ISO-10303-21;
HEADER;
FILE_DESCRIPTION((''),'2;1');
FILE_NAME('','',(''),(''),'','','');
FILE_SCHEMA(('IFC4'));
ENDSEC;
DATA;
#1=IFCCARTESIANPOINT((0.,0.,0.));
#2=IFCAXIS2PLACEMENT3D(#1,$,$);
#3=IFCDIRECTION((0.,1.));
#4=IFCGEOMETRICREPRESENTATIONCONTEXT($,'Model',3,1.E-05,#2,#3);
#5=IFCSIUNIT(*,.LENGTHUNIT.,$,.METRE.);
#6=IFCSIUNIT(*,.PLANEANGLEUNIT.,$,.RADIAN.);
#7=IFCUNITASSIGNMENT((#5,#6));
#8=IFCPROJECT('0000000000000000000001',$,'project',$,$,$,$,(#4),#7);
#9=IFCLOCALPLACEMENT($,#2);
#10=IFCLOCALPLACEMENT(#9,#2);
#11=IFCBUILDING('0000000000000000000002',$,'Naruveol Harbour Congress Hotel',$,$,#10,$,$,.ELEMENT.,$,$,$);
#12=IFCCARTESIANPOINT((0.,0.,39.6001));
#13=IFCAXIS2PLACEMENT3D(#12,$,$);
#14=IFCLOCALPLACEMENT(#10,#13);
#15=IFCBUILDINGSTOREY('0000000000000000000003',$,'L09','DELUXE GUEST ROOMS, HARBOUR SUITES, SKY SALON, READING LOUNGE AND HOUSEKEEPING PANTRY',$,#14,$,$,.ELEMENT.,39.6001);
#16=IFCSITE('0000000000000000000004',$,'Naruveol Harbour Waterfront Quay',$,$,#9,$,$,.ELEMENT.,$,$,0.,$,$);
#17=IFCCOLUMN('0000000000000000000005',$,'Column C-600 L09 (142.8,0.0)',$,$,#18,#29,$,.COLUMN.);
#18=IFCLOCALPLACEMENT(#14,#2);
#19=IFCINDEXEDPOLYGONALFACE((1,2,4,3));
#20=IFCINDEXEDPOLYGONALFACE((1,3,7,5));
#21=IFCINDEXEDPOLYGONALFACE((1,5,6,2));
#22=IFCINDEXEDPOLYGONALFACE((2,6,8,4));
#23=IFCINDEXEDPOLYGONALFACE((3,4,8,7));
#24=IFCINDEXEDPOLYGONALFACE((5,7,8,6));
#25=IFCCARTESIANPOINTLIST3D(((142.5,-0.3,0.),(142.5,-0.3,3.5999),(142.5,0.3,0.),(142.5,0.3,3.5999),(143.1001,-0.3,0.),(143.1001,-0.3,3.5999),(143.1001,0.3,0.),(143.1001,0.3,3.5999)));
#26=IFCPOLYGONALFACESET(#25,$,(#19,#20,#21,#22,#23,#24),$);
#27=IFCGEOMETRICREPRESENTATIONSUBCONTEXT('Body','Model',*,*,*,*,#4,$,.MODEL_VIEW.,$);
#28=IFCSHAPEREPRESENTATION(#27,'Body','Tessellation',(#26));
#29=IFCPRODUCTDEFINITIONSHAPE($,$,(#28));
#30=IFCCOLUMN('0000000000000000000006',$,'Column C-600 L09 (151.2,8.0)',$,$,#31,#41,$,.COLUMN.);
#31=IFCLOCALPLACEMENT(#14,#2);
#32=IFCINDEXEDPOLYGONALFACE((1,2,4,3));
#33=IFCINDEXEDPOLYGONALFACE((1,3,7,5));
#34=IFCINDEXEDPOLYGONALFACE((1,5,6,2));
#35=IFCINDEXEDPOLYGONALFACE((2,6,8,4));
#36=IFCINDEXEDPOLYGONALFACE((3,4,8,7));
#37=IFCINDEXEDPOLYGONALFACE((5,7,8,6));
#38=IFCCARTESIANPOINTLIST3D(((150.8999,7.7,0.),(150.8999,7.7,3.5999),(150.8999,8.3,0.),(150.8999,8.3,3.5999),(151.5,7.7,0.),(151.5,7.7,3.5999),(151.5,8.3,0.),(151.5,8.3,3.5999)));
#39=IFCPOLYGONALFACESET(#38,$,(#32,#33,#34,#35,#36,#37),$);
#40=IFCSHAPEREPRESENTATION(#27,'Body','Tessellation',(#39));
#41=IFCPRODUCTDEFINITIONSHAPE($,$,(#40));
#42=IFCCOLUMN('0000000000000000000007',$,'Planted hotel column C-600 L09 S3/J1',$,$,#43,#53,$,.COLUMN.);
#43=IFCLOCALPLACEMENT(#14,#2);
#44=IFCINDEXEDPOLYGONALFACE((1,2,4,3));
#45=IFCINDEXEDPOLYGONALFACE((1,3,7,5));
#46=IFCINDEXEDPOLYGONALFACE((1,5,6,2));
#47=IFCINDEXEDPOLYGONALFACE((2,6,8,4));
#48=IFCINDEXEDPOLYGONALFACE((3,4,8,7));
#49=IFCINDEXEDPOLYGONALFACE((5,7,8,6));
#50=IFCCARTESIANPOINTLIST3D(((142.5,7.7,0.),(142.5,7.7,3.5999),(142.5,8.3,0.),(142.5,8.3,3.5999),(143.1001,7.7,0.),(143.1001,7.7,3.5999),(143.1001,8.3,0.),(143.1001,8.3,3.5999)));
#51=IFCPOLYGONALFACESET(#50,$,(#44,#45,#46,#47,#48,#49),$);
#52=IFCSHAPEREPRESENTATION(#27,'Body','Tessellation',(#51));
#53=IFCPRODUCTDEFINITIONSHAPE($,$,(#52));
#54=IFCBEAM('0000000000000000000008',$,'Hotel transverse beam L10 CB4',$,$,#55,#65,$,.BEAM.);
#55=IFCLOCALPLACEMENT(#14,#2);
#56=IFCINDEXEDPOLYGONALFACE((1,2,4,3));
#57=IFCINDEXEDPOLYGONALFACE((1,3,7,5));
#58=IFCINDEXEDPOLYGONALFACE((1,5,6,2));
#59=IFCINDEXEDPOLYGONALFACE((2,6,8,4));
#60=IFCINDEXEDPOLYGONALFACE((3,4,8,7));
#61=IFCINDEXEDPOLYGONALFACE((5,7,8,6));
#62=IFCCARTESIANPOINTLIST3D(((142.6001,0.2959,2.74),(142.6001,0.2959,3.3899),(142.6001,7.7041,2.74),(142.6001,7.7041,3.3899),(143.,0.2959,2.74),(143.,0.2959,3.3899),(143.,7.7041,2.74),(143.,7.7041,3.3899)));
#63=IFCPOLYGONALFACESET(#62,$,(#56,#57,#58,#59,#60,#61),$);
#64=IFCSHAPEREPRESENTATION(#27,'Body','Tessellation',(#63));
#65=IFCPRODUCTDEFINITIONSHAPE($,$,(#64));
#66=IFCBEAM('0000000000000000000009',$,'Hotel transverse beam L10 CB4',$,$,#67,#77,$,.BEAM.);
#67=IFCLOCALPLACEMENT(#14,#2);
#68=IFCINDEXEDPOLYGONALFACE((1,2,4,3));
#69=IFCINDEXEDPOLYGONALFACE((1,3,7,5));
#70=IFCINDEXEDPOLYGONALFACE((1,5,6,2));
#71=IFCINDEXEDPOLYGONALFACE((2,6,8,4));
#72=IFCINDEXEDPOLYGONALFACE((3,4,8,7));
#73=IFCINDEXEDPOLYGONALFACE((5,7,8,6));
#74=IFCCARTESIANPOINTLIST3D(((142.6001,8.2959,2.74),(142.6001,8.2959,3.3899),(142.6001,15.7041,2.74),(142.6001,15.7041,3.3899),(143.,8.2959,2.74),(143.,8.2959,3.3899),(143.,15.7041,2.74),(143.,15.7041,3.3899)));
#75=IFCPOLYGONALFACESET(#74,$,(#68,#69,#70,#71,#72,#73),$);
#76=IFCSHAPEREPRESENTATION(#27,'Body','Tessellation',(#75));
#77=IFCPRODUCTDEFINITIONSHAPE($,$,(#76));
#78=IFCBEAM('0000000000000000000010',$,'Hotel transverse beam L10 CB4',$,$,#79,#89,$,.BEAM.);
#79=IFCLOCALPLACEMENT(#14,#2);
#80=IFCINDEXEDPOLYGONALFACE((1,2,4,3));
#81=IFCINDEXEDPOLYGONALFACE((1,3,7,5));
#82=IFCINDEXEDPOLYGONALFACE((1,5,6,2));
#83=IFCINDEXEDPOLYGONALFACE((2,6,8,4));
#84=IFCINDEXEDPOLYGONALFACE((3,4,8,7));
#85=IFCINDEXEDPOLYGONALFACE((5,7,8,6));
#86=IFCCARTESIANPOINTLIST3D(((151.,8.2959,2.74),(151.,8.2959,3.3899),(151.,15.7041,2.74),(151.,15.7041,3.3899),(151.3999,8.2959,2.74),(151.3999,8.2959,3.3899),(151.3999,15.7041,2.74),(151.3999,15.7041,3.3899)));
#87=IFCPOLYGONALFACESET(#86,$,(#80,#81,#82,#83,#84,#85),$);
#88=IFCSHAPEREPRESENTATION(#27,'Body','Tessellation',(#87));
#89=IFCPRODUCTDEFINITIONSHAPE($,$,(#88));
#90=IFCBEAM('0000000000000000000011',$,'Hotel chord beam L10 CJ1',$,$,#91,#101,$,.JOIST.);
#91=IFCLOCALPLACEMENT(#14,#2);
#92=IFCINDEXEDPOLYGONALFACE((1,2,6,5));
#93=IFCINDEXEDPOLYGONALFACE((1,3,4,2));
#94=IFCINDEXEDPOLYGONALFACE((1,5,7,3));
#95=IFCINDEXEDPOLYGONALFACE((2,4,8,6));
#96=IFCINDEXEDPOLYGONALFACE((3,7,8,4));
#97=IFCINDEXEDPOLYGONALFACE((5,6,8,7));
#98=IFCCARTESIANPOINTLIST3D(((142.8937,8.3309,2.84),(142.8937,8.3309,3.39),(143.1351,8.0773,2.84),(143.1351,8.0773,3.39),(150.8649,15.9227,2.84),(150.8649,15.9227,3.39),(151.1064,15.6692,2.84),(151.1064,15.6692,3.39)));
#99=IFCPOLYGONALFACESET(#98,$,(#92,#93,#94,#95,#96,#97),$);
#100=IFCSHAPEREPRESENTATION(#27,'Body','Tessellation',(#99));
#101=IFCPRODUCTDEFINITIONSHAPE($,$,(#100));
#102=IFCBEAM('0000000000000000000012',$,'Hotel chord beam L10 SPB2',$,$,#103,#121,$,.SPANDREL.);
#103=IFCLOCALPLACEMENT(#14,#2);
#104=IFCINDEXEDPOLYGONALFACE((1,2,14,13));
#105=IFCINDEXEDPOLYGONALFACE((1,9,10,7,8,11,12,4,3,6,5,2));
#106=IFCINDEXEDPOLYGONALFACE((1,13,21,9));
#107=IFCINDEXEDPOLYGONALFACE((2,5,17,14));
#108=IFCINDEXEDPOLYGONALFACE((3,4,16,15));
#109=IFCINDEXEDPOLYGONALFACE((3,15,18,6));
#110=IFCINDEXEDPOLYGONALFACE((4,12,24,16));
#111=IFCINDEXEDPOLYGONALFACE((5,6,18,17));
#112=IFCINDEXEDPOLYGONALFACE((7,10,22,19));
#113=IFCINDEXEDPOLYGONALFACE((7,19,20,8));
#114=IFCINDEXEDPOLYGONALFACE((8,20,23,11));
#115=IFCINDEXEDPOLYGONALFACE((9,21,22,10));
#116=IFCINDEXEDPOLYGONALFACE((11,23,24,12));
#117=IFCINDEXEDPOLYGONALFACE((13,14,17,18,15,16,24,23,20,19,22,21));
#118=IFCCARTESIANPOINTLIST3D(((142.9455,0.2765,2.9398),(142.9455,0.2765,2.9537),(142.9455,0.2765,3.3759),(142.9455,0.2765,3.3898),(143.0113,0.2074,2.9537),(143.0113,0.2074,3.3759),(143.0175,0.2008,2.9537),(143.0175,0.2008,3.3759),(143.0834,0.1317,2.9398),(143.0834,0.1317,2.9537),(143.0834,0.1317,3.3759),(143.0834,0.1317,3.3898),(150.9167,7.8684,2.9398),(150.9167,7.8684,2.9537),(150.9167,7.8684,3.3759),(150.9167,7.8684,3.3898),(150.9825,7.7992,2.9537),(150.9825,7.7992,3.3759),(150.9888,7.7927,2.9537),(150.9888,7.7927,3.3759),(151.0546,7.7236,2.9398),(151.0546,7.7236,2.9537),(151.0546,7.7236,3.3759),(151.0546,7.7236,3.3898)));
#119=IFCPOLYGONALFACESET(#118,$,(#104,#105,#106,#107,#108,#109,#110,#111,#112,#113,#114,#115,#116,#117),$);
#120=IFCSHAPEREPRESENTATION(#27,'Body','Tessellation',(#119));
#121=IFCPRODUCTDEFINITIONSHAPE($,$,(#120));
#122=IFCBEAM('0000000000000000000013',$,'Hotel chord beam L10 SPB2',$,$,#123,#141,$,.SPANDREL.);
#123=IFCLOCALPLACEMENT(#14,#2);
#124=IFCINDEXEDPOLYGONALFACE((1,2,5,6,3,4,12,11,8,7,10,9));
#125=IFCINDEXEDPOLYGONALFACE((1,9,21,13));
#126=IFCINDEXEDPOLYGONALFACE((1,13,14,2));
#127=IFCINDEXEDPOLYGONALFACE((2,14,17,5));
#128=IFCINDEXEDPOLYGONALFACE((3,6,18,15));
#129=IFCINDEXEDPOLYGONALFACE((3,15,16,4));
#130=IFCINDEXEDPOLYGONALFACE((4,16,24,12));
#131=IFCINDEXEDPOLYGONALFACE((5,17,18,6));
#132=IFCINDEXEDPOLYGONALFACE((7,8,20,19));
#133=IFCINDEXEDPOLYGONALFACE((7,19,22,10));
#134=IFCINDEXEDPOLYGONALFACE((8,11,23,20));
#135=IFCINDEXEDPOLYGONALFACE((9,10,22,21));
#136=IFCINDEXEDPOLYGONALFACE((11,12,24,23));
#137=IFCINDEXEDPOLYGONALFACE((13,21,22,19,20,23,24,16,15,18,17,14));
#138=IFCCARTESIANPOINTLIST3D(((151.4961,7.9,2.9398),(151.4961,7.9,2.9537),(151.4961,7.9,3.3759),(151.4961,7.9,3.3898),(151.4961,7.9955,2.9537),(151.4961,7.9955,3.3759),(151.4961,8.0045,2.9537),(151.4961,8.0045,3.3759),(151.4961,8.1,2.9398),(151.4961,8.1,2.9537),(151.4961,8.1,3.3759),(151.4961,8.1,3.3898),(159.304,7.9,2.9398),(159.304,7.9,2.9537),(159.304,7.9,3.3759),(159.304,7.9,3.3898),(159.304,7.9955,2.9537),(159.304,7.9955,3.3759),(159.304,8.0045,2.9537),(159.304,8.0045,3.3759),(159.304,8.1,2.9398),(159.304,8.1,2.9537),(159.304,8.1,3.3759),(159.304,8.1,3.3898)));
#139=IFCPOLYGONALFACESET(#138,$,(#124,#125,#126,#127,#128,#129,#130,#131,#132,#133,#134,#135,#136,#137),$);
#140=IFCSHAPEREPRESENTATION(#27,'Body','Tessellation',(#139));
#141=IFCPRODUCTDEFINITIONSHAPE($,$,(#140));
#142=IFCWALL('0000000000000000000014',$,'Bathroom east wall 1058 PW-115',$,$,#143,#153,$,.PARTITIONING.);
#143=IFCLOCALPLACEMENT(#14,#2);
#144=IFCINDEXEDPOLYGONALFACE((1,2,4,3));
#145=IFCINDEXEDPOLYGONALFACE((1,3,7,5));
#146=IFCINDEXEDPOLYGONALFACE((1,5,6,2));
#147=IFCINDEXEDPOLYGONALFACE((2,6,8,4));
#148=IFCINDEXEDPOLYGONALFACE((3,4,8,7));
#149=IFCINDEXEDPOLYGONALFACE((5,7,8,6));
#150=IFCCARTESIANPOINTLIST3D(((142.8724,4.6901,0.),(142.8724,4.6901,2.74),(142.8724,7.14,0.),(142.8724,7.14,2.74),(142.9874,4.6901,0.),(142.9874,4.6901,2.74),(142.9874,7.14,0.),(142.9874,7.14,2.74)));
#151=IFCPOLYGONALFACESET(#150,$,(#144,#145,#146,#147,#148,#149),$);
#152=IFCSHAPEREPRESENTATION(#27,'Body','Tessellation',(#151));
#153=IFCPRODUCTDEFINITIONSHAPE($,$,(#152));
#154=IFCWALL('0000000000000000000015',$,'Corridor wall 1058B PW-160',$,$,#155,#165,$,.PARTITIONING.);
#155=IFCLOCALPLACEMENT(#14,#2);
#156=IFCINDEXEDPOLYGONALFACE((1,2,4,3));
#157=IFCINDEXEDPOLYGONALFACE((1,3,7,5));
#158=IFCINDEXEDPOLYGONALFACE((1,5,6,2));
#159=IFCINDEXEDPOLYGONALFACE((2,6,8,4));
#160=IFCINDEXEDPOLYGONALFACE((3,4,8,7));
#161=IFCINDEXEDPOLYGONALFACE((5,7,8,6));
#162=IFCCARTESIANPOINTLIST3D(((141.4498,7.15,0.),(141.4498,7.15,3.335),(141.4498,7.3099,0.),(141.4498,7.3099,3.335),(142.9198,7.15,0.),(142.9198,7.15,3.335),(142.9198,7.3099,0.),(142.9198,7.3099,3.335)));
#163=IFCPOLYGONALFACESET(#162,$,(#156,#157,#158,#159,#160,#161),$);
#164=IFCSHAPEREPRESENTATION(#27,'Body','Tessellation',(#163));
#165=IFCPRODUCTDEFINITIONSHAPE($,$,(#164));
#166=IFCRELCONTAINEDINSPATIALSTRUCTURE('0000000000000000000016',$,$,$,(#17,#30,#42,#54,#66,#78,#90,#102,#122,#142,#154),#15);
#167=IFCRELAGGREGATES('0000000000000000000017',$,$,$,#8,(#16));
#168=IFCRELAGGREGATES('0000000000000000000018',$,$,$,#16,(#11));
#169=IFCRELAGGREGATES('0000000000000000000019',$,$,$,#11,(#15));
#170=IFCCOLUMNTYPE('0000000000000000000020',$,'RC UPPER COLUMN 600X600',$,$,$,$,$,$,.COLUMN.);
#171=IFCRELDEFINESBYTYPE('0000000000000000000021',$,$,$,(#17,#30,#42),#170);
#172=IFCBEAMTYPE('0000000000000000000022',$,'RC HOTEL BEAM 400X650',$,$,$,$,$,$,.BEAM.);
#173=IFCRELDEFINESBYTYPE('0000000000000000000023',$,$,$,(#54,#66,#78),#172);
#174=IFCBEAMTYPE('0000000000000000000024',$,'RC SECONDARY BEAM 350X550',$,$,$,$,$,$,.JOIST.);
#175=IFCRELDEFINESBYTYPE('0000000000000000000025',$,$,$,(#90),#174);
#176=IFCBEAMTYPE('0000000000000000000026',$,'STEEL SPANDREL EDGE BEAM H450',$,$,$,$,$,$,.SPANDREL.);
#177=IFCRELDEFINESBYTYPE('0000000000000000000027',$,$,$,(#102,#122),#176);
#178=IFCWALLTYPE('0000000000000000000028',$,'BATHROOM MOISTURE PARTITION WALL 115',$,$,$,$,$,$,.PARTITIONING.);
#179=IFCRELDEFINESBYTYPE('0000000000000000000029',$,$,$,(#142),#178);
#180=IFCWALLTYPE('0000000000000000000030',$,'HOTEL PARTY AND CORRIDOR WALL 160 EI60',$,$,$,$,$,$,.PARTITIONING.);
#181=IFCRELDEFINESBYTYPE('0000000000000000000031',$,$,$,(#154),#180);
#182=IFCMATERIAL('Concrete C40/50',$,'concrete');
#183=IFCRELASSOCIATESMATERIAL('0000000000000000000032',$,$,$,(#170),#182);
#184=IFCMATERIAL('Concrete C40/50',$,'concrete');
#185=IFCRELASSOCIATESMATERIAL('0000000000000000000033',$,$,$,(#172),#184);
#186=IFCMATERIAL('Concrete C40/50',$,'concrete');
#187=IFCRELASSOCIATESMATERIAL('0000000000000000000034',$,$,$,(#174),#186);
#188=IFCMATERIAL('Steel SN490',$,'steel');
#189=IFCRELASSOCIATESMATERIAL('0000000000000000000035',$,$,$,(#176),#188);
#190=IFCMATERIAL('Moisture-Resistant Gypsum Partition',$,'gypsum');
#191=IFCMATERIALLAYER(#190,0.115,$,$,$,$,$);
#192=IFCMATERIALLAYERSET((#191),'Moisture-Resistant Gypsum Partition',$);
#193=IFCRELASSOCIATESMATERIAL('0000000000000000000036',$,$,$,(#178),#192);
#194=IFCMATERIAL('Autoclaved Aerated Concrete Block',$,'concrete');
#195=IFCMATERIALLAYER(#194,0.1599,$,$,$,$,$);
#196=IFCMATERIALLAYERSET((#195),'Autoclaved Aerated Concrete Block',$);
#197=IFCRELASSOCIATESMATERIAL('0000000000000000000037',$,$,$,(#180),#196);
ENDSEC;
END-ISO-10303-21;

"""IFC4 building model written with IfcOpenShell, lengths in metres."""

from ifc_helpers import new_model, si_unit, direction, frame, frame_2d, origin, origin_2d, place, context, subcontext, project, spatial, rectangle, i_section, extrude, material, layer, layer_set, material_profile, profile_set, type_object, element, save


model = new_model("IFC4")

# Units and contexts
model_context = context("Model", 3, precision=1e-05, world=origin(), true_north=direction((0.0, 1.0)))
body_context = subcontext(model_context, "Body", "Model", "MODEL_VIEW")
ifc_project = project(units=[si_unit("LENGTHUNIT", "METRE"), si_unit("PLANEANGLEUNIT", "RADIAN")], contexts=[model_context])

# Site, building, storey
site_placement = place(None, origin())
site = spatial("IfcSite", under=ifc_project, at=site_placement, Name="Naruveol Harbour Waterfront Quay", CompositionType="ELEMENT", RefElevation=0.0)
building_placement = place(site_placement, origin())
building = spatial("IfcBuilding", under=site, at=building_placement, Name="Naruveol Harbour Congress Hotel", CompositionType="ELEMENT")
storey_placement = place(building_placement, frame((0.0, 0.0, 39.6001)))
storey = spatial("IfcBuildingStorey", under=building, at=storey_placement, Name="L09", Description="DELUXE GUEST ROOMS, HARBOUR SUITES, SKY SALON, READING LOUNGE AND HOUSEKEEPING PANTRY", CompositionType="ELEMENT", Elevation=39.6001)

# Columns
ifc_material_1 = material(Name="Concrete C40/50", Category="concrete")
ifc_material_profile_1 = material_profile(ifc_material_1, rectangle(XDim=0.6001, YDim=0.6001, at=origin_2d()), Name="RC-600x600")
ifc_profile_set_1 = profile_set([ifc_material_profile_1], Name="Concrete C40/50")
column_type = type_object("IfcColumnType", Name="RC UPPER COLUMN 600X600", PredefinedType="COLUMN", material=ifc_profile_set_1)
for number, where, z_axis, x_axis, name in (
    (1, (142.8, 0.0, 0.0), (0.0, 0.0, 1.0), (1.0, 0.0, 0.0), "Column C-600 L09 (142.8,0.0)"),
    (2, (151.2, 8.0, 0.0), (0.0, 0.0, 1.0), (1.0, 0.0, 0.0), "Column C-600 L09 (151.2,8.0)"),
    (3, (142.8, 8.0, 0.0), (0.0, 0.0, 1.0), (1.0, 0.0, 0.0), "Planted hotel column C-600 L09 S3/J1"),
):
    element("IfcColumn", number, at=place(storey_placement, frame(where, z_axis=z_axis, x_axis=x_axis)), inside=storey, type_object=column_type, Name=name, PredefinedType="COLUMN", context=body_context, shape_type="SweptSolid", body=[
        extrude(rectangle(XDim=0.6001, YDim=0.6001, at=origin_2d()), origin(), (0.0, 0.0, 1.0), 3.5999),
    ])

# Beams
ifc_material_2 = material(Name="Concrete C40/50", Category="concrete")
ifc_material_profile_2 = material_profile(ifc_material_2, rectangle(XDim=0.3999, YDim=0.6499, at=origin_2d()), Name="RCB-400x650")
ifc_profile_set_2 = profile_set([ifc_material_profile_2], Name="Concrete C40/50")
beam_type_1 = type_object("IfcBeamType", Name="RC HOTEL BEAM 400X650", PredefinedType="BEAM", material=ifc_profile_set_2)
for number, where, z_axis, x_axis, name in (
    (4, (142.8, 0.2959, 3.0649), (0.0, 1.0, 0.0), (-1.0, 0.0, 0.0), "Hotel transverse beam L10 CB4"),
    (5, (142.8, 8.2959, 3.0649), (0.0, 1.0, 0.0), (-1.0, 0.0, 0.0), "Hotel transverse beam L10 CB4"),
    (6, (151.2, 8.2959, 3.0649), (0.0, 1.0, 0.0), (-1.0, 0.0, 0.0), "Hotel transverse beam L10 CB4"),
):
    element("IfcBeam", number, at=place(storey_placement, frame(where, z_axis=z_axis, x_axis=x_axis)), inside=storey, type_object=beam_type_1, Name=name, PredefinedType="BEAM", context=body_context, shape_type="SweptSolid", body=[
        extrude(rectangle(XDim=0.3999, YDim=0.6499, at=origin_2d()), origin(), (0.0, 0.0, 1.0), 7.4082),
    ])
ifc_material_3 = material(Name="Concrete C40/50", Category="concrete")
ifc_material_profile_3 = material_profile(ifc_material_3, rectangle(XDim=0.3501, YDim=0.55, at=origin_2d()), Name="RCB-350x550")
ifc_profile_set_3 = profile_set([ifc_material_profile_3], Name="Concrete C40/50")
beam_type_2 = type_object("IfcBeamType", Name="RC SECONDARY BEAM 350X550", PredefinedType="JOIST", material=ifc_profile_set_3)
beam_1_placement = place(storey_placement, frame((143.0144, 8.2041, 3.115), z_axis=(0.724129, 0.689664, 0.0), x_axis=(-0.689664, 0.724129, 0.0)))
element("IfcBeam", 7, at=beam_1_placement, inside=storey, type_object=beam_type_2, Name="Hotel chord beam L10 CJ1", PredefinedType="JOIST", context=body_context, shape_type="SweptSolid", body=[
    extrude(rectangle(XDim=0.3501, YDim=0.55, at=origin_2d()), origin(), (0.0, 0.0, 1.0), 11.0081),
])
ifc_material_4 = material(Name="Steel SN490", Category="steel")
ifc_material_profile_4 = material_profile(ifc_material_4, i_section(OverallWidth=0.2, OverallDepth=0.45, WebThickness=0.009, FlangeThickness=0.0139, at=origin_2d()), Name="H-450x200x9x14")
ifc_profile_set_4 = profile_set([ifc_material_profile_4], Name="Steel SN490")
beam_type_3 = type_object("IfcBeamType", Name="STEEL SPANDREL EDGE BEAM H450", PredefinedType="SPANDREL", material=ifc_profile_set_4)
beam_2_placement = place(storey_placement, frame((143.0144, 0.2041, 3.1648), z_axis=(0.724129, 0.689664, 0.0), x_axis=(-0.689664, 0.724129, 0.0)))
element("IfcBeam", 8, at=beam_2_placement, inside=storey, type_object=beam_type_3, Name="Hotel chord beam L10 SPB2", PredefinedType="SPANDREL", context=body_context, shape_type="SweptSolid", body=[
    extrude(i_section(OverallWidth=0.2, OverallDepth=0.45, WebThickness=0.009, FlangeThickness=0.0139, at=origin_2d()), origin(), (0.0, 0.0, 1.0), 11.0081),
])
beam_3_placement = place(storey_placement, frame((151.4961, 8.0, 3.1648), z_axis=(1.0, 0.0, 0.0), x_axis=(0.0, 1.0, 0.0)))
element("IfcBeam", 9, at=beam_3_placement, inside=storey, type_object=beam_type_3, Name="Hotel chord beam L10 SPB2", PredefinedType="SPANDREL", context=body_context, shape_type="SweptSolid", body=[
    extrude(i_section(OverallWidth=0.2, OverallDepth=0.45, WebThickness=0.009, FlangeThickness=0.0139, at=origin_2d()), origin(), (0.0, 0.0, 1.0), 7.8079),
])

# Wall
ifc_material_5 = material(Name="Moisture-Resistant Gypsum Partition", Category="gypsum")
ifc_layer_1 = layer(ifc_material_5, 0.115)
ifc_layer_set_1 = layer_set([ifc_layer_1], Name="Moisture-Resistant Gypsum Partition")
wall_type_1 = type_object("IfcWallType", Name="BATHROOM MOISTURE PARTITION WALL 115", PredefinedType="PARTITIONING", material=ifc_layer_set_1)
wall_1_placement = place(storey_placement, frame((142.9299, 4.6899, 0.0), z_axis=(0.0, 0.0, 1.0), x_axis=(0.0, 1.0, 0.0)))
element("IfcWall", 10, at=wall_1_placement, inside=storey, type_object=wall_type_1, Name="Bathroom east wall 1058 PW-115", PredefinedType="PARTITIONING", context=body_context, shape_type="SweptSolid", body=[
    extrude(rectangle(XDim=2.45, YDim=0.115, at=frame_2d((1.2251, 0.0))), origin(), (0.0, 0.0, 1.0), 2.74),
])

# Wall
ifc_material_6 = material(Name="Autoclaved Aerated Concrete Block", Category="concrete")
ifc_layer_2 = layer(ifc_material_6, 0.1599)
ifc_layer_set_2 = layer_set([ifc_layer_2], Name="Autoclaved Aerated Concrete Block")
wall_type_2 = type_object("IfcWallType", Name="HOTEL PARTY AND CORRIDOR WALL 160 EI60", PredefinedType="PARTITIONING", material=ifc_layer_set_2)
wall_2_placement = place(storey_placement, frame((141.45, 7.23, 0.0), z_axis=(0.0, 0.0, 1.0), x_axis=(1.0, 0.0, 0.0)))
element("IfcWall", 11, at=wall_2_placement, inside=storey, type_object=wall_type_2, Name="Corridor wall 1058B PW-160", PredefinedType="PARTITIONING", context=body_context, shape_type="SweptSolid", body=[
    extrude(rectangle(XDim=1.47, YDim=0.1599, at=frame_2d((0.7349, 0.0))), origin(), (0.0, 0.0, 1.0), 3.335),
])

save(model, "model.ifc")
